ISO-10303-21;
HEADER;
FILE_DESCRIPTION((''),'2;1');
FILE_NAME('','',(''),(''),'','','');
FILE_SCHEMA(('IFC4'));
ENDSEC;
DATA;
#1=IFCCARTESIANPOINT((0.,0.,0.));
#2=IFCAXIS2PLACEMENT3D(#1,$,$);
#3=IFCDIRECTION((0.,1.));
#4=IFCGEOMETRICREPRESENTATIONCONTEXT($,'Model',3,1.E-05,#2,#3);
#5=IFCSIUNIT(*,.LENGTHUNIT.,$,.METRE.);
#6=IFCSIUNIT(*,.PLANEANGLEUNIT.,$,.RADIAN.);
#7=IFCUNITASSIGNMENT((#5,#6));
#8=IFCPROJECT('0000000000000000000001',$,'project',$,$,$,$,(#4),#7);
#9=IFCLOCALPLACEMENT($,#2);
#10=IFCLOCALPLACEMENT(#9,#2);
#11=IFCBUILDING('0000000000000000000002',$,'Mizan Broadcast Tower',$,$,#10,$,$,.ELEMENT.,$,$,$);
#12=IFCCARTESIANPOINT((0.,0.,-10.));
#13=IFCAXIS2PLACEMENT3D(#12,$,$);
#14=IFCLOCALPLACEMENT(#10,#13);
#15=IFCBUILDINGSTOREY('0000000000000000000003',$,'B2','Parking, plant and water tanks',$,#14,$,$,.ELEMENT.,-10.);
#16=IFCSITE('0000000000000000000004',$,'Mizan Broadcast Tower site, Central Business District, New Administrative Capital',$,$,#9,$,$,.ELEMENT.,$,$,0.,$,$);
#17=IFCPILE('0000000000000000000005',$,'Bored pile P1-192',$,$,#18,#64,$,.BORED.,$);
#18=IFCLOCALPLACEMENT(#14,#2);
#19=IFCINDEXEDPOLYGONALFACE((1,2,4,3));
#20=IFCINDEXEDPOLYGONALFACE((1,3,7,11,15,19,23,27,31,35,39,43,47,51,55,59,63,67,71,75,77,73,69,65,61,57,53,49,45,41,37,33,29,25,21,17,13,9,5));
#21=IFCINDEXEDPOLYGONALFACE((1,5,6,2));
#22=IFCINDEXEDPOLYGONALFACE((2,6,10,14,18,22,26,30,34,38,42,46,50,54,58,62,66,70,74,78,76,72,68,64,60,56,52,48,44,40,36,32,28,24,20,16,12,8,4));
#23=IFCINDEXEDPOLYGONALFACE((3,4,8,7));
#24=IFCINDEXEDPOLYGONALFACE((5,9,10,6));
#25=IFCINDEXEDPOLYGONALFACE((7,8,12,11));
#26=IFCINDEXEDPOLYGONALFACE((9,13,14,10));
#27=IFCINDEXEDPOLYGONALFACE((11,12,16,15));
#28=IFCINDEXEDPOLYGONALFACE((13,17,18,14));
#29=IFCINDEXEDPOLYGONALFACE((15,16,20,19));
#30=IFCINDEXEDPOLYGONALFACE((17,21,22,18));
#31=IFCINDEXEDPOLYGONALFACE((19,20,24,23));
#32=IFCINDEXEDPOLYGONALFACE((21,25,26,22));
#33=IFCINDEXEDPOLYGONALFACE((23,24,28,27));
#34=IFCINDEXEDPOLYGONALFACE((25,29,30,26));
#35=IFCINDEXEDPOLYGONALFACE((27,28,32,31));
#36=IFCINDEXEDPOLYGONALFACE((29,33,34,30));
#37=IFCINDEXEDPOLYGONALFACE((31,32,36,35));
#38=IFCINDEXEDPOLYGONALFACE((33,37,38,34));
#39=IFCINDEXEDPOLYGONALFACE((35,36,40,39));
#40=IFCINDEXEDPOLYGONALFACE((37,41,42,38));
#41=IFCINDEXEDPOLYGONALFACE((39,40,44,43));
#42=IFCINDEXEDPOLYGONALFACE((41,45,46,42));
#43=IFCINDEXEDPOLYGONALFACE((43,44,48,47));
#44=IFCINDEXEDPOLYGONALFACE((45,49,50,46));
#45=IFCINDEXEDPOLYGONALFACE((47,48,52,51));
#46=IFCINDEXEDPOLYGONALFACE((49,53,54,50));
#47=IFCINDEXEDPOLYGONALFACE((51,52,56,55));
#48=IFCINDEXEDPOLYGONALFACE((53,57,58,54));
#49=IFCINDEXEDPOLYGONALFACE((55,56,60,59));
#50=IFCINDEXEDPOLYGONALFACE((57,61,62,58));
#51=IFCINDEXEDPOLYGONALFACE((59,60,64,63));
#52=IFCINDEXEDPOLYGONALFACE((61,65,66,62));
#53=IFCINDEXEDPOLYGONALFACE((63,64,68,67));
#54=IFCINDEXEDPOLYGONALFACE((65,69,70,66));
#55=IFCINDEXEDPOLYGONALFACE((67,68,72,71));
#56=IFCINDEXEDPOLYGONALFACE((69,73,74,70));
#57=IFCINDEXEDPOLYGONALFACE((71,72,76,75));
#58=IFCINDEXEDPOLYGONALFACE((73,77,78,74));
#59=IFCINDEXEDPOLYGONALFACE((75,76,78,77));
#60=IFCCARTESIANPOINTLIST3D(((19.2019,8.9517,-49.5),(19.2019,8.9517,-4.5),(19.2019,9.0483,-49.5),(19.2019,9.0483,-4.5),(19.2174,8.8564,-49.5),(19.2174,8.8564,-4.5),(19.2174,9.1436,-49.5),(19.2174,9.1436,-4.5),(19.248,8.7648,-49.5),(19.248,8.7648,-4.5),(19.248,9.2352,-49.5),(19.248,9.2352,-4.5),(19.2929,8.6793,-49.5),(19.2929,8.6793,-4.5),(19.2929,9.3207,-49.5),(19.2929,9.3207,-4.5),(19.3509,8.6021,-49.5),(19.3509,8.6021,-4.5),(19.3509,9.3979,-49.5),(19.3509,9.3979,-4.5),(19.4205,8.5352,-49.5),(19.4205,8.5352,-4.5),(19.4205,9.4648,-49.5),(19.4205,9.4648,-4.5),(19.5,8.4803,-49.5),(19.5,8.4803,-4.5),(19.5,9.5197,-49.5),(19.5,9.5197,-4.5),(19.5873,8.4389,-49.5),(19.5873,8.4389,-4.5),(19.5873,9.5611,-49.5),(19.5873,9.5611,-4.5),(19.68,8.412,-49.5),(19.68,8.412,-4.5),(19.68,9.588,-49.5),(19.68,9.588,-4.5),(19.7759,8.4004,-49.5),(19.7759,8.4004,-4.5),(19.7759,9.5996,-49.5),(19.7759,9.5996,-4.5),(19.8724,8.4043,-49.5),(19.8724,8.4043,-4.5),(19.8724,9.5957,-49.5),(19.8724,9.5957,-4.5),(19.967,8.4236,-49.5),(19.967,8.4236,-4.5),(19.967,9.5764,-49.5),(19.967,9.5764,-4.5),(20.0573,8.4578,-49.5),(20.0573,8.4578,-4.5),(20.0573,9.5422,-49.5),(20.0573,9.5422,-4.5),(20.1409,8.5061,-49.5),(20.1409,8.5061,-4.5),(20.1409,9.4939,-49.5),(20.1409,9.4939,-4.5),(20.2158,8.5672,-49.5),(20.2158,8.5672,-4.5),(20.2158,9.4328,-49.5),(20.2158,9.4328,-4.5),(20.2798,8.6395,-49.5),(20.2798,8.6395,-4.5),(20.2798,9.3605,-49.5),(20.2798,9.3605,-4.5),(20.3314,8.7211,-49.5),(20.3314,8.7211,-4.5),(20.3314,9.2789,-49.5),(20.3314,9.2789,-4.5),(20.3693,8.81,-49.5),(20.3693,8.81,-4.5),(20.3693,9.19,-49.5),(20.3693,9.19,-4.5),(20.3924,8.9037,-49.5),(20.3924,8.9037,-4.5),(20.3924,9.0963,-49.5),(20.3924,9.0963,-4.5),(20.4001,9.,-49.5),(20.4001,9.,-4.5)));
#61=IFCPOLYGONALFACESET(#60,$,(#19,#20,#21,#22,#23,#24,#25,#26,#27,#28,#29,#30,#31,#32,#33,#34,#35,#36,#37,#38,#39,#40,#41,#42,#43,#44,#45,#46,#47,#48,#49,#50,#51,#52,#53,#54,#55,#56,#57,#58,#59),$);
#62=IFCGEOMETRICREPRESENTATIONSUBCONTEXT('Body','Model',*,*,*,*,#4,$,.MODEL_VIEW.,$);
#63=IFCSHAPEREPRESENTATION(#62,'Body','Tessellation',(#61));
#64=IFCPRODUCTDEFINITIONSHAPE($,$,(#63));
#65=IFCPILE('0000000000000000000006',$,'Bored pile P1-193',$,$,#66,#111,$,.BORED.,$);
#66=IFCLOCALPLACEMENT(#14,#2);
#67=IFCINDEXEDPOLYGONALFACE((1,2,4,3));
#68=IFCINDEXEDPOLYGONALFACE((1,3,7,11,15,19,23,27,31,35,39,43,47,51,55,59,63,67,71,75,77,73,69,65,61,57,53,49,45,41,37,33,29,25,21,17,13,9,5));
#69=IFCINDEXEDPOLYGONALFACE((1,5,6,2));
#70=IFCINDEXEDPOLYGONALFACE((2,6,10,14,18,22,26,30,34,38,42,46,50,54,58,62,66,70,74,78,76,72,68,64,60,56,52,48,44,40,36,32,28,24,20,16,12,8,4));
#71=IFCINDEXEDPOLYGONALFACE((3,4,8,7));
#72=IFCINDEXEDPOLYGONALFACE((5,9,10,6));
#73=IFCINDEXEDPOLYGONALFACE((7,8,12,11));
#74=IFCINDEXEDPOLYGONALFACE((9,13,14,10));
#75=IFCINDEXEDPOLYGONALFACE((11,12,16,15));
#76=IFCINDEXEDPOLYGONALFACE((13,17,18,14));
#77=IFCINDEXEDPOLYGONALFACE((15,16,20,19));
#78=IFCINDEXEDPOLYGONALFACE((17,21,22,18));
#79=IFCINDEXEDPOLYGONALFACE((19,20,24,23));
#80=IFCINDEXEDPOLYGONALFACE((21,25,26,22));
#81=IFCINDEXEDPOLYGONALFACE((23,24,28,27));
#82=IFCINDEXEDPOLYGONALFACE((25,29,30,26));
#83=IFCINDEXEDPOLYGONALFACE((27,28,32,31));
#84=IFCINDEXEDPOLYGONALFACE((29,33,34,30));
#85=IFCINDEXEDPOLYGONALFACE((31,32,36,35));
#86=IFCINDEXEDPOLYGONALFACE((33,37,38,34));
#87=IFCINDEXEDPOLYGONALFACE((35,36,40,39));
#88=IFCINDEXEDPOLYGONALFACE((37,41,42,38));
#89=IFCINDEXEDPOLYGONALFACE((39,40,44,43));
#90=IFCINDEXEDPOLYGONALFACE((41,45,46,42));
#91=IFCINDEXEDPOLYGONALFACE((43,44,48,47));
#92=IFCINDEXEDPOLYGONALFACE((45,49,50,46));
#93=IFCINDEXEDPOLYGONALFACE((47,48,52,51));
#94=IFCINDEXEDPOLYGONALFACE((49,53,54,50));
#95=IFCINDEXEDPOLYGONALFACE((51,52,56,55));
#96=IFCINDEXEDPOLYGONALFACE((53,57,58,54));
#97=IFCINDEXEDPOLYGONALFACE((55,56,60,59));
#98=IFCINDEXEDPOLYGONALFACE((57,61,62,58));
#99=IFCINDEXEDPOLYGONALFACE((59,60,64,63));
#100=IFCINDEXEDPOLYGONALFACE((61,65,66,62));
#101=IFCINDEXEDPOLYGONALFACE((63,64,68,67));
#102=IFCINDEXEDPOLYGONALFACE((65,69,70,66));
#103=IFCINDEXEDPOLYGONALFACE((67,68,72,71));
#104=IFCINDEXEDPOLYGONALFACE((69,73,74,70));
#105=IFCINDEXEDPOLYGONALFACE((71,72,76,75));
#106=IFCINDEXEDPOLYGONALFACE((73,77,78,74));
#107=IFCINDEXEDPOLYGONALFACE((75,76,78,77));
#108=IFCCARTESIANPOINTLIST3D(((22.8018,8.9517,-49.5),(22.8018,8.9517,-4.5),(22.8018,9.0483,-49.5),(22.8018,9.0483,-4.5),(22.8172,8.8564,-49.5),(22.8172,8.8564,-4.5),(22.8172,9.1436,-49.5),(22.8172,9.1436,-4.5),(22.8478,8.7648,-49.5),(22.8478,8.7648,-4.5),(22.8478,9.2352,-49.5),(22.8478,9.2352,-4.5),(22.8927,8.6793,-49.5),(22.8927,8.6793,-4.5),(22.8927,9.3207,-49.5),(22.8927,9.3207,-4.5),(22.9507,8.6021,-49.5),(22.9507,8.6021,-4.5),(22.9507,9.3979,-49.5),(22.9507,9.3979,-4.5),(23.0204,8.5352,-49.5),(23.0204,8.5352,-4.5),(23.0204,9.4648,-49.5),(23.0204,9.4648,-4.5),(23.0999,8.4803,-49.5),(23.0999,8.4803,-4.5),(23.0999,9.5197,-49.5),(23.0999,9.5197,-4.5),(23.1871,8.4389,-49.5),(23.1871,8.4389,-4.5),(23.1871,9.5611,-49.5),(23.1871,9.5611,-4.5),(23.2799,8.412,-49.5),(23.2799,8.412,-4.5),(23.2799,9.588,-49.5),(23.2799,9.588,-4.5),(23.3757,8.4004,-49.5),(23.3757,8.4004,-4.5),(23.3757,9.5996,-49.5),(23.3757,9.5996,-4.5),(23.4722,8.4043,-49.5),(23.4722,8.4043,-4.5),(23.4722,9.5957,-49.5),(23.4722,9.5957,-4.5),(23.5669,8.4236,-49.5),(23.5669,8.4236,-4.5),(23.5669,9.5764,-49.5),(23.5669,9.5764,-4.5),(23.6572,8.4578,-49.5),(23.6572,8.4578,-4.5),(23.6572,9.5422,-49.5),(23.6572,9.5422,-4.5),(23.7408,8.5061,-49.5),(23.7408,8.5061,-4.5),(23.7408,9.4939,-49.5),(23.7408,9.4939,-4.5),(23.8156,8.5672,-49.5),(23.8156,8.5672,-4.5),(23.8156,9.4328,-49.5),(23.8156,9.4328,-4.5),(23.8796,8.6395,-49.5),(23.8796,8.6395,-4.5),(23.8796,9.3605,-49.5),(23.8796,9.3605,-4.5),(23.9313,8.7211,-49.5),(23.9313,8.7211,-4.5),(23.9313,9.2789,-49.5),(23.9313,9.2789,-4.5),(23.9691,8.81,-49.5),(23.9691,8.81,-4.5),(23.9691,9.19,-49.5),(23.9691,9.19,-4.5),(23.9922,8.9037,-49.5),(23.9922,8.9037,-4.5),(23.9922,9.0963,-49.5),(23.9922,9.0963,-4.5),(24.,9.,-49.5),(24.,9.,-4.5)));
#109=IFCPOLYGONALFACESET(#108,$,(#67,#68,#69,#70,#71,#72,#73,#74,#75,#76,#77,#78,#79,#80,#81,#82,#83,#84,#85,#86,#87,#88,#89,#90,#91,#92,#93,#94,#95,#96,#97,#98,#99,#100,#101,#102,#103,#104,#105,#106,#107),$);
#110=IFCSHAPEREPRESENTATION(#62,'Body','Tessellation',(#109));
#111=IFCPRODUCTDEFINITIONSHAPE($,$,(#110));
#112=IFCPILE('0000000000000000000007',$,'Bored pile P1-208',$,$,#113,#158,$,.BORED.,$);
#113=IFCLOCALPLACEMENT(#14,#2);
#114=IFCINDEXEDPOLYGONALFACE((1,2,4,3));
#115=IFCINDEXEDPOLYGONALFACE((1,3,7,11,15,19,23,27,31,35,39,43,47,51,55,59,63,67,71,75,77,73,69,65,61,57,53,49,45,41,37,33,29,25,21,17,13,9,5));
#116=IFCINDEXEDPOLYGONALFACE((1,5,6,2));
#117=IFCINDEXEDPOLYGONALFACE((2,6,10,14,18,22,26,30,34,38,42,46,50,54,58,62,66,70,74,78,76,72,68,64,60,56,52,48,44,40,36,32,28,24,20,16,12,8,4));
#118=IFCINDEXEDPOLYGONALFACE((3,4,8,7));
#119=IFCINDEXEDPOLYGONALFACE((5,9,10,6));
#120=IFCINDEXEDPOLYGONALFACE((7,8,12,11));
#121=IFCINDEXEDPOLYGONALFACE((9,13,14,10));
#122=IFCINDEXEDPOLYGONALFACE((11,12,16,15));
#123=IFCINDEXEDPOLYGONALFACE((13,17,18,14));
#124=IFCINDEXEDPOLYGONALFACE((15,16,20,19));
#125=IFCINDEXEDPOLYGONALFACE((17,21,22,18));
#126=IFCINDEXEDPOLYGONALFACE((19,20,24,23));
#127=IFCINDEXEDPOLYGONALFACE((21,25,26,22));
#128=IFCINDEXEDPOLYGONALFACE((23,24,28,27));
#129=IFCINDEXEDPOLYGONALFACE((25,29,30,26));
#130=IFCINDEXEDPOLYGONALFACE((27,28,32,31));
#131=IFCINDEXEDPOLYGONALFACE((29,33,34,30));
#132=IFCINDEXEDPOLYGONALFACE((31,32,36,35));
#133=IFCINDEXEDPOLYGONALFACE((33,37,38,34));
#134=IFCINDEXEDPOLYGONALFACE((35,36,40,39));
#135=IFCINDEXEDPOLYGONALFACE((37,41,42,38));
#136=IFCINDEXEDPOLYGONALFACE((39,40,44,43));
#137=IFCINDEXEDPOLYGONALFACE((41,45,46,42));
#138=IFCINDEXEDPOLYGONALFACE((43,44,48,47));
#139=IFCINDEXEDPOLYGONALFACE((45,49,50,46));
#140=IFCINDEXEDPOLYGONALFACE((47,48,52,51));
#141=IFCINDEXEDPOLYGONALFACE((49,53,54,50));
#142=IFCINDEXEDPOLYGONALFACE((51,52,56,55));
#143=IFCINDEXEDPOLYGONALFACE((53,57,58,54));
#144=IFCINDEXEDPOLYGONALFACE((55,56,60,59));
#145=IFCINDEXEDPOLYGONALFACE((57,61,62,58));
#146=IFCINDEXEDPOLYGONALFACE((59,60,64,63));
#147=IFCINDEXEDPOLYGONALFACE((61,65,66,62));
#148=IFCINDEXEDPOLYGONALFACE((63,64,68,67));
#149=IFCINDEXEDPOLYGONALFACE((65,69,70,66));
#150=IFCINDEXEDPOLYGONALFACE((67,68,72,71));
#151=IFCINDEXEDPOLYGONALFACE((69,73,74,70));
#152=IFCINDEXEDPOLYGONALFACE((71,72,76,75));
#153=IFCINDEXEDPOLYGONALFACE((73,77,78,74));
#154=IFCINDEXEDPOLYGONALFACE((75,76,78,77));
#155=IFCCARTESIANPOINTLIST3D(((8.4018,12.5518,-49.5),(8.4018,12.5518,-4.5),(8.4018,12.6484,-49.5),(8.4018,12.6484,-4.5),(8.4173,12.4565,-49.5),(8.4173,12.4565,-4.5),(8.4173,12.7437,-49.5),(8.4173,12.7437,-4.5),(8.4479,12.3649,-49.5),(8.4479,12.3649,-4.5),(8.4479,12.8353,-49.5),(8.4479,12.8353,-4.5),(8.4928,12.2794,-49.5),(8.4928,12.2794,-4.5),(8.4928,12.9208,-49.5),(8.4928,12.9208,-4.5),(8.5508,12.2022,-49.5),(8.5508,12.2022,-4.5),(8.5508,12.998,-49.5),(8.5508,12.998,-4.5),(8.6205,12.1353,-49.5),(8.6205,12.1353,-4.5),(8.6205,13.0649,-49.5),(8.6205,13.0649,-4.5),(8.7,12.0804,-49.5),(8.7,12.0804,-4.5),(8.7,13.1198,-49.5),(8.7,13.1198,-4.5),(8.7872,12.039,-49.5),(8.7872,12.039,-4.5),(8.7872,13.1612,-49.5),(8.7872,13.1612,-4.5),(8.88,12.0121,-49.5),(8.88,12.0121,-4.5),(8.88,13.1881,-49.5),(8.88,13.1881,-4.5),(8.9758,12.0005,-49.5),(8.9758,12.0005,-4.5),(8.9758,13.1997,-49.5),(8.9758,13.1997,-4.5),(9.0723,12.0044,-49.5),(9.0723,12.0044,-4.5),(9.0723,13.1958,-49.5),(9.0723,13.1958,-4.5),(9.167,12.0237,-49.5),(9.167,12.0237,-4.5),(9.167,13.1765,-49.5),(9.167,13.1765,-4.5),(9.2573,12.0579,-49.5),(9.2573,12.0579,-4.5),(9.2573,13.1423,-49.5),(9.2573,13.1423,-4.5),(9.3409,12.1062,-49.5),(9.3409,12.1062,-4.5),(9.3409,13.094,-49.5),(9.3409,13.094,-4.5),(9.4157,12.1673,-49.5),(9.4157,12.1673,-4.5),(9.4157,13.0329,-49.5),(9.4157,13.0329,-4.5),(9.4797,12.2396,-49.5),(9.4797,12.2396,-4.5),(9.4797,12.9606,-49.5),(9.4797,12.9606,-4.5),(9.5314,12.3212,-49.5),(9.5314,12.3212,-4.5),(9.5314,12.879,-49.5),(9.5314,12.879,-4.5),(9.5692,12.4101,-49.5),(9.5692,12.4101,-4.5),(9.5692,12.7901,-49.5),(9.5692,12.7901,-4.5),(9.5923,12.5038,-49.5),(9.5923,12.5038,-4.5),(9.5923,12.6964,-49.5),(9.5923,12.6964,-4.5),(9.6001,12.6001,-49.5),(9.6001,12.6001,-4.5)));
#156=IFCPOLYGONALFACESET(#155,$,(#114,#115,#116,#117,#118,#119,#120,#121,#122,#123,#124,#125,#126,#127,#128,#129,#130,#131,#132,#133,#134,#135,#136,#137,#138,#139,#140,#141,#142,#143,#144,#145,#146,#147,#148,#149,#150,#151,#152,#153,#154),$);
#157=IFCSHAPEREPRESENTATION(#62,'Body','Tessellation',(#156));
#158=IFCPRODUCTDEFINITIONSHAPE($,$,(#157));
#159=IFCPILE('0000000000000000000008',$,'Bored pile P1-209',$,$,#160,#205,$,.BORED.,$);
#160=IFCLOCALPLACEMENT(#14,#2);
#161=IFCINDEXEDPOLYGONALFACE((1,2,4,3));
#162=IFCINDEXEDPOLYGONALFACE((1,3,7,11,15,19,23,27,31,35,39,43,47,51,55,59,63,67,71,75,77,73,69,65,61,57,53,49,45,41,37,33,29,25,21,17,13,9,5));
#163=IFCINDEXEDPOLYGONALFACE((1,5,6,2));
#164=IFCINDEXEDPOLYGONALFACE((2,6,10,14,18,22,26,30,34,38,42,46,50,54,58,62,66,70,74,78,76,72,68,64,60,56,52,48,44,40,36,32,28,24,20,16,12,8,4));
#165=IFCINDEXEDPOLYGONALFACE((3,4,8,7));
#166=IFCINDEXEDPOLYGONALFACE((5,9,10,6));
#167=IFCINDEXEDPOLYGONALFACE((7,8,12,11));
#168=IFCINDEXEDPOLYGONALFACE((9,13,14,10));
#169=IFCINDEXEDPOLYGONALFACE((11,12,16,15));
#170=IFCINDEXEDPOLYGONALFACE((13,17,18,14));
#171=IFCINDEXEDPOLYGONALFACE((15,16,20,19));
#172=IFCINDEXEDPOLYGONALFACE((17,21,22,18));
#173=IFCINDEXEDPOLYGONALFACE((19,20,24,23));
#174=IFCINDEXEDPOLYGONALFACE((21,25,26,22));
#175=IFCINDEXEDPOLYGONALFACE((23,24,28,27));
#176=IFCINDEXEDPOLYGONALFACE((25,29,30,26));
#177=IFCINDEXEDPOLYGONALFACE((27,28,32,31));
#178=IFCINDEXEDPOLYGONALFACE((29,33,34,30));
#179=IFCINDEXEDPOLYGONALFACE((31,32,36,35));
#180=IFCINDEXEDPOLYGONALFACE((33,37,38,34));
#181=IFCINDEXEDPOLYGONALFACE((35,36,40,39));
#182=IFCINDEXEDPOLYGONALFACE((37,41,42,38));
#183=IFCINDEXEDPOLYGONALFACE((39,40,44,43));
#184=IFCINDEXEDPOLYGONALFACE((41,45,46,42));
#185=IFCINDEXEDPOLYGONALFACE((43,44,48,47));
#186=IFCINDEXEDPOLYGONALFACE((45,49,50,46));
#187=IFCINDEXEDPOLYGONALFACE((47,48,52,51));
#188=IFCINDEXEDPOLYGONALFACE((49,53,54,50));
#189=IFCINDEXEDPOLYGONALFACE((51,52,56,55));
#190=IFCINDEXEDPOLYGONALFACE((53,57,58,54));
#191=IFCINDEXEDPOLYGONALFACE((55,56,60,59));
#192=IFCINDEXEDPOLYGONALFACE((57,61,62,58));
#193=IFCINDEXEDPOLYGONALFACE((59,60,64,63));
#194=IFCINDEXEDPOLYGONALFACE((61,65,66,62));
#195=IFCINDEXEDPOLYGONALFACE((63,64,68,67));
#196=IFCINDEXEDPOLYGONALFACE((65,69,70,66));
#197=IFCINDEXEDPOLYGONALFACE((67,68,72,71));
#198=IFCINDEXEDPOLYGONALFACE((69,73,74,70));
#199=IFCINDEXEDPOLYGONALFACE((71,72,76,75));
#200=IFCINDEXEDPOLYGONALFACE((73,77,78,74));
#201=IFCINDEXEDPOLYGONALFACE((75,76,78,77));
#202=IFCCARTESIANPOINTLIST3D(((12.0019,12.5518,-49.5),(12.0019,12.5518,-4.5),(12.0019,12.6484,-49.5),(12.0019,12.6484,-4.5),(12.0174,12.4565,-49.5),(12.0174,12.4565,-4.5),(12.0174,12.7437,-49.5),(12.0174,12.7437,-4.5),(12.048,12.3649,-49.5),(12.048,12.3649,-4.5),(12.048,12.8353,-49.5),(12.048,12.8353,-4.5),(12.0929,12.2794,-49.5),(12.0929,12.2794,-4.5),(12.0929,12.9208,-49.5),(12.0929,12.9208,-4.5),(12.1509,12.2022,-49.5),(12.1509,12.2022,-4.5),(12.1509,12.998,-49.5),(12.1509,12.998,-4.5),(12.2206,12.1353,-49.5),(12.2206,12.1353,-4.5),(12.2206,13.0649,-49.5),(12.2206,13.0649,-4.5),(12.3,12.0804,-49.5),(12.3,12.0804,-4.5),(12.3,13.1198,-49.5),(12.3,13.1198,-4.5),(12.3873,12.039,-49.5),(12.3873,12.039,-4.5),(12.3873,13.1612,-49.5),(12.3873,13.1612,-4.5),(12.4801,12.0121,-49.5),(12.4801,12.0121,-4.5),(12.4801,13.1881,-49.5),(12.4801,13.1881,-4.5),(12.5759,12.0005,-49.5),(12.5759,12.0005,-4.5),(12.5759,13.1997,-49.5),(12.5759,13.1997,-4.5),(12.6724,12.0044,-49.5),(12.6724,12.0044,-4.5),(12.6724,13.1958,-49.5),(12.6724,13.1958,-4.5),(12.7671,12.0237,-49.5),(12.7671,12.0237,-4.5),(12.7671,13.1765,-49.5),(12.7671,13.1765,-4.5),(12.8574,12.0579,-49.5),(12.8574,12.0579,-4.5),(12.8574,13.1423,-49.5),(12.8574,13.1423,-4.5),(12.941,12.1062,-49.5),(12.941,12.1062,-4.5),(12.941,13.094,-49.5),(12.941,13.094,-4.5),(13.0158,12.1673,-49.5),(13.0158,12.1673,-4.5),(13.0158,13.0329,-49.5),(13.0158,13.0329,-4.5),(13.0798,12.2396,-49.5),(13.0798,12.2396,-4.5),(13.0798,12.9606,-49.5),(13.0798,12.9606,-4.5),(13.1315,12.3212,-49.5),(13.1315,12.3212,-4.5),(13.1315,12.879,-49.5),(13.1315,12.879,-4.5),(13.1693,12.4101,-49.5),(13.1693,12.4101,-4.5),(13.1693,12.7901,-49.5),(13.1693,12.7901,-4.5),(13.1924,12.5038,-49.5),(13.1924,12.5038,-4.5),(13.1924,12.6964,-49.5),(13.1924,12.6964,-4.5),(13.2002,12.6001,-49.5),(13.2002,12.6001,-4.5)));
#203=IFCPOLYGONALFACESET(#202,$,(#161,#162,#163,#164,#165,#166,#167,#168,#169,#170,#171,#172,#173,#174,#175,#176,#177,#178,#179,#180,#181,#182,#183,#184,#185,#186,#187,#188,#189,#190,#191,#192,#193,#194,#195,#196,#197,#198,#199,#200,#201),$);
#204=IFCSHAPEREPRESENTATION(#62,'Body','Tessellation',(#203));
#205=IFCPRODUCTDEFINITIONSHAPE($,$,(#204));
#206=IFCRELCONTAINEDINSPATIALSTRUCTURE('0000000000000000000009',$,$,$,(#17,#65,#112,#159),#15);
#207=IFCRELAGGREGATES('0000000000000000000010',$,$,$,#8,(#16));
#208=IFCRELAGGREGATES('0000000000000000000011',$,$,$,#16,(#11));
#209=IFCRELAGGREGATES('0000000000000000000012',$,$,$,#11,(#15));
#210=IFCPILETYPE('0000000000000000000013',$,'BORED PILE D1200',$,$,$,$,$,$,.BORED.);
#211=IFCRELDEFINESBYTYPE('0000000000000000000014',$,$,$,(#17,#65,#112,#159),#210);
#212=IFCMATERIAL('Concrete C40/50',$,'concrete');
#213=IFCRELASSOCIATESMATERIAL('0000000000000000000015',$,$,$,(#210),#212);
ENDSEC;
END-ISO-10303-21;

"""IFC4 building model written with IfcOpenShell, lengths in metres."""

from ifc_helpers import new_model, si_unit, direction, frame, origin, origin_2d, place, context, subcontext, project, spatial, circle, extrude, material, material_profile, profile_set, type_object, element, save


model = new_model("IFC4")

# Units and contexts
model_context = context("Model", 3, precision=1e-05, world=origin(), true_north=direction((0.0, 1.0)))
body_context = subcontext(model_context, "Body", "Model", "MODEL_VIEW")
ifc_project = project(units=[si_unit("LENGTHUNIT", "METRE"), si_unit("PLANEANGLEUNIT", "RADIAN")], contexts=[model_context])

# Site, building, storey
site_placement = place(None, origin())
site = spatial("IfcSite", under=ifc_project, at=site_placement, Name="Mizan Broadcast Tower site, Central Business District, New Administrative Capital", CompositionType="ELEMENT", RefElevation=0.0)
building_placement = place(site_placement, origin())
building = spatial("IfcBuilding", under=site, at=building_placement, Name="Mizan Broadcast Tower", CompositionType="ELEMENT")
storey_placement = place(building_placement, frame((0.0, 0.0, -10.0)))
storey = spatial("IfcBuildingStorey", under=building, at=storey_placement, Name="B2", Description="Parking, plant and water tanks", CompositionType="ELEMENT", Elevation=-10.0)

# Piles
ifc_material_1 = material(Name="Concrete C40/50", Category="concrete")
ifc_material_profile_1 = material_profile(ifc_material_1, circle(Radius=0.6001, at=origin_2d()), Name="D1200")
ifc_profile_set_1 = profile_set([ifc_material_profile_1], Name="Concrete C40/50")
pile_type_1 = type_object("IfcPileType", Name="BORED PILE D1200", PredefinedType="BORED", material=ifc_profile_set_1)
for number, where, z_axis, x_axis, name in (
    (1, (19.8, 9.0, -4.5), (0.0, 0.0, -1.0), (1.0, 0.0, 0.0), "Bored pile P1-192"),
    (2, (23.3999, 9.0, -4.5), (0.0, 0.0, -1.0), (1.0, 0.0, 0.0), "Bored pile P1-193"),
    (3, (9.0, 12.6001, -4.5), (0.0, 0.0, -1.0), (1.0, 0.0, 0.0), "Bored pile P1-208"),
    (4, (12.6001, 12.6001, -4.5), (0.0, 0.0, -1.0), (1.0, 0.0, 0.0), "Bored pile P1-209"),
):
    element("IfcPile", number, at=place(storey_placement, frame(where, z_axis=z_axis, x_axis=x_axis)), inside=storey, type_object=pile_type_1, Name=name, PredefinedType="BORED", context=body_context, shape_type="SweptSolid", body=[
        extrude(circle(Radius=0.6001, at=origin_2d()), origin(), (0.0, 0.0, 1.0), 45.0),
    ])

save(model, "model.ifc")
